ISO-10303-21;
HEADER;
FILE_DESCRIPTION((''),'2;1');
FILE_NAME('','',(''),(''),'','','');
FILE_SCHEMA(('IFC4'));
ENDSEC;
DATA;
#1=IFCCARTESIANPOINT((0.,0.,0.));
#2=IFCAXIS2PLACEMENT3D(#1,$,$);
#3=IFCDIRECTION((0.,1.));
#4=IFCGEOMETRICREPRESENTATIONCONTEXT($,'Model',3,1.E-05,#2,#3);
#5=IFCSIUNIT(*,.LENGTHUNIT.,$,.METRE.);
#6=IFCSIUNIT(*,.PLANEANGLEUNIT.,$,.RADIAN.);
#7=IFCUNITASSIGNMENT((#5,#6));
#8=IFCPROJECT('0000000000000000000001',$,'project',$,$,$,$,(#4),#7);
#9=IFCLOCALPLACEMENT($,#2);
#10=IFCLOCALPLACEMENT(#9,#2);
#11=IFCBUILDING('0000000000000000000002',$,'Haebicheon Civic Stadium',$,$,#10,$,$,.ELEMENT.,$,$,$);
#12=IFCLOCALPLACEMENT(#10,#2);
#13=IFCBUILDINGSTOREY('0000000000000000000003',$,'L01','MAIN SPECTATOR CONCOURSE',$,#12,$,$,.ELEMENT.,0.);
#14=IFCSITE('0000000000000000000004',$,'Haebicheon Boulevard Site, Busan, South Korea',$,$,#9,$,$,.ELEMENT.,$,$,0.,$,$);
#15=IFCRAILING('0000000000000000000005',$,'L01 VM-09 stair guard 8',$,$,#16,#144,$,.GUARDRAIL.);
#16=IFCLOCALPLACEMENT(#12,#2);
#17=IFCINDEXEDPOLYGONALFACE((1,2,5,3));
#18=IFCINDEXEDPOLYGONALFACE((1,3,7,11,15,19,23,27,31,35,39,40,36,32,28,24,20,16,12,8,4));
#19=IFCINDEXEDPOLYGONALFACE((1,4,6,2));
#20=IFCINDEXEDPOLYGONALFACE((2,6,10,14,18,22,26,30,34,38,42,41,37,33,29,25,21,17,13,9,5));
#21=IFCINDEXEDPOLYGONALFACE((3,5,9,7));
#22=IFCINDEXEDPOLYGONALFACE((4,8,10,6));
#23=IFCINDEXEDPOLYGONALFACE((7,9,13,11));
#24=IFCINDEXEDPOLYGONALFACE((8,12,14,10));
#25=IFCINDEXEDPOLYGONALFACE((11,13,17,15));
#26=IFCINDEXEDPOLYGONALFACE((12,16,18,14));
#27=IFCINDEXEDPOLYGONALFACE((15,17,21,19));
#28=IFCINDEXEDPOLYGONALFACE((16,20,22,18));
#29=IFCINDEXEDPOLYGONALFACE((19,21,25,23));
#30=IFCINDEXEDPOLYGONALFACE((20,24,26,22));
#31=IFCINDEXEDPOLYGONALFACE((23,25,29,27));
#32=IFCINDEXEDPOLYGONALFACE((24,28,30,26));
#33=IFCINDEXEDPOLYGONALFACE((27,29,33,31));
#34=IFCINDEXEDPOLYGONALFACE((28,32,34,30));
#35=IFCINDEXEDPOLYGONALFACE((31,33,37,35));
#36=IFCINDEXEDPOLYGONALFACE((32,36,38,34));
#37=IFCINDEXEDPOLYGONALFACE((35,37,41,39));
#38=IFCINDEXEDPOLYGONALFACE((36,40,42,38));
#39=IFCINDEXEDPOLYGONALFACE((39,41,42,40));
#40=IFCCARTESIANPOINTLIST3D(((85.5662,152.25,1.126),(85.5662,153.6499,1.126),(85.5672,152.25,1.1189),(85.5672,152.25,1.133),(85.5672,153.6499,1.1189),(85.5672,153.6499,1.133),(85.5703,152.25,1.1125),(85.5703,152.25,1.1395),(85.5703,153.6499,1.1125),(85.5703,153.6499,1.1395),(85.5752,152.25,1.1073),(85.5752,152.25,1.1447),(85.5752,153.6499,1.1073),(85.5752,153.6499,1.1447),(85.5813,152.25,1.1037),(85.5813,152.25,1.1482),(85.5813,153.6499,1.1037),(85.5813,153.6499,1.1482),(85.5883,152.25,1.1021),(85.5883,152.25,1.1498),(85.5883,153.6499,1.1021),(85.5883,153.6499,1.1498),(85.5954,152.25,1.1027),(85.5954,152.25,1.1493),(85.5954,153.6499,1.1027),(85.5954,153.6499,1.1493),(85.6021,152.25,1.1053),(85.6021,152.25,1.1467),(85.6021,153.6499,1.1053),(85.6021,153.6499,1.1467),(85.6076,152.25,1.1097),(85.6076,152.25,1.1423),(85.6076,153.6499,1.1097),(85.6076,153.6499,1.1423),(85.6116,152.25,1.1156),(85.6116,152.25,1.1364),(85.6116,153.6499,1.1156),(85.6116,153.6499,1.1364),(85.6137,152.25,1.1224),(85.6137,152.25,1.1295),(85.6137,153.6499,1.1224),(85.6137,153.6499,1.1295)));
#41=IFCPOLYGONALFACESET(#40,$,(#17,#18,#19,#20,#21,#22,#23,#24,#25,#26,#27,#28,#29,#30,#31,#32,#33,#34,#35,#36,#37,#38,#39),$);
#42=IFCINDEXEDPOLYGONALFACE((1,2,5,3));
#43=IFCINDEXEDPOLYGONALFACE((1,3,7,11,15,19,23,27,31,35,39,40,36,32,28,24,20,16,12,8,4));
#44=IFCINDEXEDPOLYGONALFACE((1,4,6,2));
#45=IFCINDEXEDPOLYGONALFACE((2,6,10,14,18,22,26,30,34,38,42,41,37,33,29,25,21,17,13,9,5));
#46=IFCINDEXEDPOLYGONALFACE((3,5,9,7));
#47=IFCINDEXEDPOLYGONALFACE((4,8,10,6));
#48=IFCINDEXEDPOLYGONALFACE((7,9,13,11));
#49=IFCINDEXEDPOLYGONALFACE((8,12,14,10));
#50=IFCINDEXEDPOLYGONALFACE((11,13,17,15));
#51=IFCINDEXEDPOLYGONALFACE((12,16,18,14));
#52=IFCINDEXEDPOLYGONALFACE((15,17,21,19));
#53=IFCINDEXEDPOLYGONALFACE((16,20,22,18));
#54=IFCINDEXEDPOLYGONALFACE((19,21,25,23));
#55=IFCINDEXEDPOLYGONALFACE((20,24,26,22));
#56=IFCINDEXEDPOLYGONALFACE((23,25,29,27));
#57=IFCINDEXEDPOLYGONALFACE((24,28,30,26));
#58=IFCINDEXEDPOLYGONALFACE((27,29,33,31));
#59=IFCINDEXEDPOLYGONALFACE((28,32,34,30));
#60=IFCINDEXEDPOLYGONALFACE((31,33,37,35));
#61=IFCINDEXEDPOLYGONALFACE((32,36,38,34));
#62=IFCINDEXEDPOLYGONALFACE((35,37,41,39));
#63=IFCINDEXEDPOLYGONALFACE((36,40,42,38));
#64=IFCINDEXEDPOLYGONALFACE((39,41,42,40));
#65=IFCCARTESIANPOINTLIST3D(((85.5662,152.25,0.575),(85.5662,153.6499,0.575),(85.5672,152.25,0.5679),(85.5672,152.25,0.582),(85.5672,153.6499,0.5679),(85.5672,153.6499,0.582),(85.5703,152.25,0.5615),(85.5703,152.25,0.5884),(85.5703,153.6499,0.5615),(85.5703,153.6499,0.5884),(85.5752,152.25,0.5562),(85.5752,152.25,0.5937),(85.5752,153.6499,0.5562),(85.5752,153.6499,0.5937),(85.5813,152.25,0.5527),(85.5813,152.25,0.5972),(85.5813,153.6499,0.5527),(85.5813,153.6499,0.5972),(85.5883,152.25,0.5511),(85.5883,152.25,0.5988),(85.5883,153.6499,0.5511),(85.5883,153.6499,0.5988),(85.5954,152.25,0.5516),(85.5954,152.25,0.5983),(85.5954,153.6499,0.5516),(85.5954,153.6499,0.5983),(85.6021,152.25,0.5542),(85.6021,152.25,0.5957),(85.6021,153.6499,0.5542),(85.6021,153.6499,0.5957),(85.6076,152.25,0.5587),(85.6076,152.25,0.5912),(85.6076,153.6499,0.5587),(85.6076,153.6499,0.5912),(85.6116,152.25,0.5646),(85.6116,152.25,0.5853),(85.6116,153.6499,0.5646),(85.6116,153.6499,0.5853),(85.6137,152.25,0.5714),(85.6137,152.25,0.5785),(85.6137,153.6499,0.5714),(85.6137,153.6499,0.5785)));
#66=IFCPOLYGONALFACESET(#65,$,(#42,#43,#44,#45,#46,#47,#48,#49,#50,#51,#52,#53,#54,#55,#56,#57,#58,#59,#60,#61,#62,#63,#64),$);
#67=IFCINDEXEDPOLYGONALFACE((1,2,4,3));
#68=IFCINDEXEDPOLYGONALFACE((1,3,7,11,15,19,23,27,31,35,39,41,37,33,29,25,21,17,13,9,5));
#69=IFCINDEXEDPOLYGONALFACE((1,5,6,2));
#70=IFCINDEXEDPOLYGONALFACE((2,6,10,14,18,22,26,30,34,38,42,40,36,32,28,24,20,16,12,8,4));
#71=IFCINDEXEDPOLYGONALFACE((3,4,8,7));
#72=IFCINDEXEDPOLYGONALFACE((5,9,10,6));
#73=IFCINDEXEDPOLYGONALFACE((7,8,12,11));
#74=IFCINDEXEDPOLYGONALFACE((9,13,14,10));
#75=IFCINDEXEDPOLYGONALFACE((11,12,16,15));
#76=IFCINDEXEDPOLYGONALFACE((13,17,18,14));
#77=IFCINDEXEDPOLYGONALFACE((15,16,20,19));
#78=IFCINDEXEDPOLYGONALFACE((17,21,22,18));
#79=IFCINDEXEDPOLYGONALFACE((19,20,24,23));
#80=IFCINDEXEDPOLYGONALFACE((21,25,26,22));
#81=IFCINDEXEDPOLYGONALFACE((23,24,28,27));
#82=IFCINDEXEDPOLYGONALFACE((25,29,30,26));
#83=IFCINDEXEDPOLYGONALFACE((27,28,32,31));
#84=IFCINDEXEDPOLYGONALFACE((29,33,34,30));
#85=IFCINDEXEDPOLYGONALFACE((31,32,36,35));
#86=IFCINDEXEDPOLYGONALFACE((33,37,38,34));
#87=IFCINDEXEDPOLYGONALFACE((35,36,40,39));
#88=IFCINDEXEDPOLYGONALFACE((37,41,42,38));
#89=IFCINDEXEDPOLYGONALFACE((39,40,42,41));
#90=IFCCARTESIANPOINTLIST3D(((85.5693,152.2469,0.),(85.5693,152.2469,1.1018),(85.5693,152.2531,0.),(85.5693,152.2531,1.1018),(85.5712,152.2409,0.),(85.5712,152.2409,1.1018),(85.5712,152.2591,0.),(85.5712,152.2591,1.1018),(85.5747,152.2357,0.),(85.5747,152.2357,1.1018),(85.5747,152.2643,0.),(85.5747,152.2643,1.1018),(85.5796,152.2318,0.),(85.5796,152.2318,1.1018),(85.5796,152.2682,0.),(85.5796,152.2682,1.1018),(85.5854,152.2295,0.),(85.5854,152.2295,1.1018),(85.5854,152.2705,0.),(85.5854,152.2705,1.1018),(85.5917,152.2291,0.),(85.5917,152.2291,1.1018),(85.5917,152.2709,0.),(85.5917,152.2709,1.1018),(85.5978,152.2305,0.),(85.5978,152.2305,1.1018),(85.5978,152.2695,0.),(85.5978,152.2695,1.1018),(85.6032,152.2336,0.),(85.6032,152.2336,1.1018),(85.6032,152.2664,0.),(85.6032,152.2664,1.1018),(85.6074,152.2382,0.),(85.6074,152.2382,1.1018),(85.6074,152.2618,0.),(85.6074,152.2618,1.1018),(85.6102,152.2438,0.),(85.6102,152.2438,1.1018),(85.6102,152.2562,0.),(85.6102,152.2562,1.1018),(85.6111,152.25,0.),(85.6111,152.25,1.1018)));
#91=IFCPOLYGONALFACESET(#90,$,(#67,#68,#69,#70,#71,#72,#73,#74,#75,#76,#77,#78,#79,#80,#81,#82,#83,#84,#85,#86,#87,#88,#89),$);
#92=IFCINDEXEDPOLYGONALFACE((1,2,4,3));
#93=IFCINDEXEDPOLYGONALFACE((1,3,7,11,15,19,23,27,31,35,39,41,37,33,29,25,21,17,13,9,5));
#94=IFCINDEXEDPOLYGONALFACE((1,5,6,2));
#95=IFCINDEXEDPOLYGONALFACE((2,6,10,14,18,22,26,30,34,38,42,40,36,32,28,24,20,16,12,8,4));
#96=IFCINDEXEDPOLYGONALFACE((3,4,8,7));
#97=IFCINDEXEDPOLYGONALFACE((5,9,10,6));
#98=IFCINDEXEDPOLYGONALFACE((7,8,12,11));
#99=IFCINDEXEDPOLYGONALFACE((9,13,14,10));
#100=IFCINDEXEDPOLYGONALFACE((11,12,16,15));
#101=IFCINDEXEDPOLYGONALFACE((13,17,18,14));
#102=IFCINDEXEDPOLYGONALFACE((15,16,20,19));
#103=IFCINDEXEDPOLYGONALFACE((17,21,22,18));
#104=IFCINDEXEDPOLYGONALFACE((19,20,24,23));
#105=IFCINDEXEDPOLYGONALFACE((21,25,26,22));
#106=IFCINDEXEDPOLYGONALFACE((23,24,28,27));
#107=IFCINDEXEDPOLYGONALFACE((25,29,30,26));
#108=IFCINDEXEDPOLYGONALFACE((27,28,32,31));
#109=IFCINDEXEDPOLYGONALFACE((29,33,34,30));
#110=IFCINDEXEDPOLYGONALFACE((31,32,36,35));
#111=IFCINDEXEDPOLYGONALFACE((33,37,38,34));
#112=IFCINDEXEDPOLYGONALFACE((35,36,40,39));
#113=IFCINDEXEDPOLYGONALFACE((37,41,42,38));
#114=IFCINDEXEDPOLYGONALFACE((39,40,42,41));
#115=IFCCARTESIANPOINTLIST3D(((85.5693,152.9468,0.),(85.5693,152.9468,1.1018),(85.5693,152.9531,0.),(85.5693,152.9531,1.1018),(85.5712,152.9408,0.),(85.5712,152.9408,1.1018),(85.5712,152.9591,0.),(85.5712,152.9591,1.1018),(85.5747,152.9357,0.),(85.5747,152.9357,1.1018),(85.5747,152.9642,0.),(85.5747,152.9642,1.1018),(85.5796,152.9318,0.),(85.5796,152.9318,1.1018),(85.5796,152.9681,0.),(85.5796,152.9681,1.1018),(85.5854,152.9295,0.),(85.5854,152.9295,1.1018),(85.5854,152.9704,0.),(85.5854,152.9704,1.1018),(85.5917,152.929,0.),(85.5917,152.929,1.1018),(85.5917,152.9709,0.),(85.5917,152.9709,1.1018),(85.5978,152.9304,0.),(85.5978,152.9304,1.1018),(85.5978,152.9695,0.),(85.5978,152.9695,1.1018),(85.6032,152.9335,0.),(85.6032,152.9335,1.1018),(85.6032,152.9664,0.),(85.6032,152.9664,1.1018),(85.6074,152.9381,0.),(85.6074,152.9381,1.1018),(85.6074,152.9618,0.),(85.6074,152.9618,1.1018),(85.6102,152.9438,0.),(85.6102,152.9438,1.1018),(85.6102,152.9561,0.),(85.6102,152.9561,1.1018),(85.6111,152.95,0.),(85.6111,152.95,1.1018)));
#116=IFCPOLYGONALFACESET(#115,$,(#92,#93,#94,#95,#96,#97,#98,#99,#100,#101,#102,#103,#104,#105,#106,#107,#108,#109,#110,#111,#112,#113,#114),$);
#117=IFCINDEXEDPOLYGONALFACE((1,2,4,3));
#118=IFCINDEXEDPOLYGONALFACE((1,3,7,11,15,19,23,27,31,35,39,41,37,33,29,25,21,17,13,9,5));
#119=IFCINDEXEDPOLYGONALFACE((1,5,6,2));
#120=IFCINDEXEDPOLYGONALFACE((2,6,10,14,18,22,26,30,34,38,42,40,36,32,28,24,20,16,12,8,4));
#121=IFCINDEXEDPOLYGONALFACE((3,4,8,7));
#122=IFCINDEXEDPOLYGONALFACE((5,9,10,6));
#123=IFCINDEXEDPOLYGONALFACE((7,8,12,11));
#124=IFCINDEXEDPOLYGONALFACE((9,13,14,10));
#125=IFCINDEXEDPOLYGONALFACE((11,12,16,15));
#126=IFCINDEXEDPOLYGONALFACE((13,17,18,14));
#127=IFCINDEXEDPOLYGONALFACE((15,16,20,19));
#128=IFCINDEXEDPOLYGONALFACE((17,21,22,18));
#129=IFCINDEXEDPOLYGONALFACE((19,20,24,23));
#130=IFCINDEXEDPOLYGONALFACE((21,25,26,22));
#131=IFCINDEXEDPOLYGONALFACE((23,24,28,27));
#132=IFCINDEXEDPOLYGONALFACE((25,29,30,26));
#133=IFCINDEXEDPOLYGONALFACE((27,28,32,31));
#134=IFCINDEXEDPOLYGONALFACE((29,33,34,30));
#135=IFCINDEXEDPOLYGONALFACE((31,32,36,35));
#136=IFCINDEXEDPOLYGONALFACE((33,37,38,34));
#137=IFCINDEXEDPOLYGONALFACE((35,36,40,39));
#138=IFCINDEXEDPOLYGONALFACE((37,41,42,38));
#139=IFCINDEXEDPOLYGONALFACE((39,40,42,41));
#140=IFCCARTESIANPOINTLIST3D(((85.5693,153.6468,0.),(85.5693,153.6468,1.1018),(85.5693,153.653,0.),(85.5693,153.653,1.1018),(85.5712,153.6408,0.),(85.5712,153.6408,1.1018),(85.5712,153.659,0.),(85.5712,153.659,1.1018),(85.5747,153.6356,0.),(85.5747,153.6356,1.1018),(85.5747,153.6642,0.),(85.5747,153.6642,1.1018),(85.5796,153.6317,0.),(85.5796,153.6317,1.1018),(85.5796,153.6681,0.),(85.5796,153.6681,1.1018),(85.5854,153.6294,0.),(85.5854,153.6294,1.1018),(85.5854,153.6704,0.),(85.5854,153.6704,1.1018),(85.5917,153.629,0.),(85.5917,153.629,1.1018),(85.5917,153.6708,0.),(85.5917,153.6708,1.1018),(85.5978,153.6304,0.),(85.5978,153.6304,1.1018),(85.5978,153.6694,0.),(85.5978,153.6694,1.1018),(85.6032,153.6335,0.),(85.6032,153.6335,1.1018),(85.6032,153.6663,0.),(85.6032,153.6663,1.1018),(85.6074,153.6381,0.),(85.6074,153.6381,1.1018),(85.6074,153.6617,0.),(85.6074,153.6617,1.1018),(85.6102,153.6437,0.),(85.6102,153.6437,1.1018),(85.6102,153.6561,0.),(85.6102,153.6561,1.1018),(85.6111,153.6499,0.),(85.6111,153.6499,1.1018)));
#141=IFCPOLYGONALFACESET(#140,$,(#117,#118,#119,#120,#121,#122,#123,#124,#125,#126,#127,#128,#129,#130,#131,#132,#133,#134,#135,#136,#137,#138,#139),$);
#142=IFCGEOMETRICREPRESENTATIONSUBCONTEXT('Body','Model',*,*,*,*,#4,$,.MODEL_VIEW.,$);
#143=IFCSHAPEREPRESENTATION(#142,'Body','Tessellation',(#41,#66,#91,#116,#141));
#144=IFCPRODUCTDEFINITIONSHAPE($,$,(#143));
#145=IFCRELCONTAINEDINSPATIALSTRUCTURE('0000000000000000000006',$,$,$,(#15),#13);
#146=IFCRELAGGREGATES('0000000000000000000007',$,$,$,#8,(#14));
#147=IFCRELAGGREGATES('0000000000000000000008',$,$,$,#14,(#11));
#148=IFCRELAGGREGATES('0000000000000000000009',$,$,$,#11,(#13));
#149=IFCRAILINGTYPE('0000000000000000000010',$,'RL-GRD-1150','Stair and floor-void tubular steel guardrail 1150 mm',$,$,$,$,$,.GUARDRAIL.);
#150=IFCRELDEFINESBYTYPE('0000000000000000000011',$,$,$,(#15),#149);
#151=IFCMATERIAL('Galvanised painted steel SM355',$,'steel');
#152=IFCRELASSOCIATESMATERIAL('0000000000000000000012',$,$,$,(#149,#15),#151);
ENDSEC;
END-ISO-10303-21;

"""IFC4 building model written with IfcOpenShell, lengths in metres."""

from ifc_helpers import new_model, si_unit, direction, frame, origin, origin_2d, place, context, subcontext, project, spatial, circle, extrude, material, type_object, element, save


model = new_model("IFC4")

# Units and contexts
model_context = context("Model", 3, precision=1e-05, world=origin(), true_north=direction((0.0, 1.0)))
body_context = subcontext(model_context, "Body", "Model", "MODEL_VIEW")
ifc_project = project(units=[si_unit("LENGTHUNIT", "METRE"), si_unit("PLANEANGLEUNIT", "RADIAN")], contexts=[model_context])

# Site, building, storey
site_placement = place(None, origin())
site = spatial("IfcSite", under=ifc_project, at=site_placement, Name="Haebicheon Boulevard Site, Busan, South Korea", CompositionType="ELEMENT", RefElevation=0.0)
building_placement = place(site_placement, origin())
building = spatial("IfcBuilding", under=site, at=building_placement, Name="Haebicheon Civic Stadium", CompositionType="ELEMENT")
storey_placement = place(building_placement, origin())
storey = spatial("IfcBuildingStorey", under=building, at=storey_placement, Name="L01", Description="MAIN SPECTATOR CONCOURSE", CompositionType="ELEMENT", Elevation=0.0)

# Railing
ifc_material_1 = material(Name="Galvanised painted steel SM355", Category="steel")
railing_type_1 = type_object("IfcRailingType", Name="RL-GRD-1150", Description="Stair and floor-void tubular steel guardrail 1150 mm", PredefinedType="GUARDRAIL", material=ifc_material_1)
for number, where, name in (
    (1, (85.5901, 152.25, 0.0), "L01 VM-09 stair guard 8"),
):
    element("IfcRailing", number, at=place(storey_placement, frame(where)), inside=storey, type_object=railing_type_1, material=ifc_material_1, Name=name, PredefinedType="GUARDRAIL", context=body_context, shape_type="SweptSolid", body=[
        extrude(circle(Radius=0.0239, at=origin_2d()), frame((0.0, 0.0, 1.126), z_axis=(0.0, 1.0, 0.0), x_axis=(-1.0, 0.0, 0.0)), (0.0, 0.0, 1.0), 1.3999),
        extrude(circle(Radius=0.0239, at=origin_2d()), frame((0.0, 0.0, 0.575), z_axis=(0.0, 1.0, 0.0), x_axis=(-1.0, 0.0, 0.0)), (0.0, 0.0, 1.0), 1.3999),
        extrude(circle(Radius=0.021, at=origin_2d()), origin(), (0.0, 0.0, 1.0), 1.1018),
        extrude(circle(Radius=0.021, at=origin_2d()), frame((0.0, 0.7, 0.0)), (0.0, 0.0, 1.0), 1.1018),
        extrude(circle(Radius=0.021, at=origin_2d()), frame((0.0, 1.3999, 0.0)), (0.0, 0.0, 1.0), 1.1018),
    ])

save(model, "model.ifc")
